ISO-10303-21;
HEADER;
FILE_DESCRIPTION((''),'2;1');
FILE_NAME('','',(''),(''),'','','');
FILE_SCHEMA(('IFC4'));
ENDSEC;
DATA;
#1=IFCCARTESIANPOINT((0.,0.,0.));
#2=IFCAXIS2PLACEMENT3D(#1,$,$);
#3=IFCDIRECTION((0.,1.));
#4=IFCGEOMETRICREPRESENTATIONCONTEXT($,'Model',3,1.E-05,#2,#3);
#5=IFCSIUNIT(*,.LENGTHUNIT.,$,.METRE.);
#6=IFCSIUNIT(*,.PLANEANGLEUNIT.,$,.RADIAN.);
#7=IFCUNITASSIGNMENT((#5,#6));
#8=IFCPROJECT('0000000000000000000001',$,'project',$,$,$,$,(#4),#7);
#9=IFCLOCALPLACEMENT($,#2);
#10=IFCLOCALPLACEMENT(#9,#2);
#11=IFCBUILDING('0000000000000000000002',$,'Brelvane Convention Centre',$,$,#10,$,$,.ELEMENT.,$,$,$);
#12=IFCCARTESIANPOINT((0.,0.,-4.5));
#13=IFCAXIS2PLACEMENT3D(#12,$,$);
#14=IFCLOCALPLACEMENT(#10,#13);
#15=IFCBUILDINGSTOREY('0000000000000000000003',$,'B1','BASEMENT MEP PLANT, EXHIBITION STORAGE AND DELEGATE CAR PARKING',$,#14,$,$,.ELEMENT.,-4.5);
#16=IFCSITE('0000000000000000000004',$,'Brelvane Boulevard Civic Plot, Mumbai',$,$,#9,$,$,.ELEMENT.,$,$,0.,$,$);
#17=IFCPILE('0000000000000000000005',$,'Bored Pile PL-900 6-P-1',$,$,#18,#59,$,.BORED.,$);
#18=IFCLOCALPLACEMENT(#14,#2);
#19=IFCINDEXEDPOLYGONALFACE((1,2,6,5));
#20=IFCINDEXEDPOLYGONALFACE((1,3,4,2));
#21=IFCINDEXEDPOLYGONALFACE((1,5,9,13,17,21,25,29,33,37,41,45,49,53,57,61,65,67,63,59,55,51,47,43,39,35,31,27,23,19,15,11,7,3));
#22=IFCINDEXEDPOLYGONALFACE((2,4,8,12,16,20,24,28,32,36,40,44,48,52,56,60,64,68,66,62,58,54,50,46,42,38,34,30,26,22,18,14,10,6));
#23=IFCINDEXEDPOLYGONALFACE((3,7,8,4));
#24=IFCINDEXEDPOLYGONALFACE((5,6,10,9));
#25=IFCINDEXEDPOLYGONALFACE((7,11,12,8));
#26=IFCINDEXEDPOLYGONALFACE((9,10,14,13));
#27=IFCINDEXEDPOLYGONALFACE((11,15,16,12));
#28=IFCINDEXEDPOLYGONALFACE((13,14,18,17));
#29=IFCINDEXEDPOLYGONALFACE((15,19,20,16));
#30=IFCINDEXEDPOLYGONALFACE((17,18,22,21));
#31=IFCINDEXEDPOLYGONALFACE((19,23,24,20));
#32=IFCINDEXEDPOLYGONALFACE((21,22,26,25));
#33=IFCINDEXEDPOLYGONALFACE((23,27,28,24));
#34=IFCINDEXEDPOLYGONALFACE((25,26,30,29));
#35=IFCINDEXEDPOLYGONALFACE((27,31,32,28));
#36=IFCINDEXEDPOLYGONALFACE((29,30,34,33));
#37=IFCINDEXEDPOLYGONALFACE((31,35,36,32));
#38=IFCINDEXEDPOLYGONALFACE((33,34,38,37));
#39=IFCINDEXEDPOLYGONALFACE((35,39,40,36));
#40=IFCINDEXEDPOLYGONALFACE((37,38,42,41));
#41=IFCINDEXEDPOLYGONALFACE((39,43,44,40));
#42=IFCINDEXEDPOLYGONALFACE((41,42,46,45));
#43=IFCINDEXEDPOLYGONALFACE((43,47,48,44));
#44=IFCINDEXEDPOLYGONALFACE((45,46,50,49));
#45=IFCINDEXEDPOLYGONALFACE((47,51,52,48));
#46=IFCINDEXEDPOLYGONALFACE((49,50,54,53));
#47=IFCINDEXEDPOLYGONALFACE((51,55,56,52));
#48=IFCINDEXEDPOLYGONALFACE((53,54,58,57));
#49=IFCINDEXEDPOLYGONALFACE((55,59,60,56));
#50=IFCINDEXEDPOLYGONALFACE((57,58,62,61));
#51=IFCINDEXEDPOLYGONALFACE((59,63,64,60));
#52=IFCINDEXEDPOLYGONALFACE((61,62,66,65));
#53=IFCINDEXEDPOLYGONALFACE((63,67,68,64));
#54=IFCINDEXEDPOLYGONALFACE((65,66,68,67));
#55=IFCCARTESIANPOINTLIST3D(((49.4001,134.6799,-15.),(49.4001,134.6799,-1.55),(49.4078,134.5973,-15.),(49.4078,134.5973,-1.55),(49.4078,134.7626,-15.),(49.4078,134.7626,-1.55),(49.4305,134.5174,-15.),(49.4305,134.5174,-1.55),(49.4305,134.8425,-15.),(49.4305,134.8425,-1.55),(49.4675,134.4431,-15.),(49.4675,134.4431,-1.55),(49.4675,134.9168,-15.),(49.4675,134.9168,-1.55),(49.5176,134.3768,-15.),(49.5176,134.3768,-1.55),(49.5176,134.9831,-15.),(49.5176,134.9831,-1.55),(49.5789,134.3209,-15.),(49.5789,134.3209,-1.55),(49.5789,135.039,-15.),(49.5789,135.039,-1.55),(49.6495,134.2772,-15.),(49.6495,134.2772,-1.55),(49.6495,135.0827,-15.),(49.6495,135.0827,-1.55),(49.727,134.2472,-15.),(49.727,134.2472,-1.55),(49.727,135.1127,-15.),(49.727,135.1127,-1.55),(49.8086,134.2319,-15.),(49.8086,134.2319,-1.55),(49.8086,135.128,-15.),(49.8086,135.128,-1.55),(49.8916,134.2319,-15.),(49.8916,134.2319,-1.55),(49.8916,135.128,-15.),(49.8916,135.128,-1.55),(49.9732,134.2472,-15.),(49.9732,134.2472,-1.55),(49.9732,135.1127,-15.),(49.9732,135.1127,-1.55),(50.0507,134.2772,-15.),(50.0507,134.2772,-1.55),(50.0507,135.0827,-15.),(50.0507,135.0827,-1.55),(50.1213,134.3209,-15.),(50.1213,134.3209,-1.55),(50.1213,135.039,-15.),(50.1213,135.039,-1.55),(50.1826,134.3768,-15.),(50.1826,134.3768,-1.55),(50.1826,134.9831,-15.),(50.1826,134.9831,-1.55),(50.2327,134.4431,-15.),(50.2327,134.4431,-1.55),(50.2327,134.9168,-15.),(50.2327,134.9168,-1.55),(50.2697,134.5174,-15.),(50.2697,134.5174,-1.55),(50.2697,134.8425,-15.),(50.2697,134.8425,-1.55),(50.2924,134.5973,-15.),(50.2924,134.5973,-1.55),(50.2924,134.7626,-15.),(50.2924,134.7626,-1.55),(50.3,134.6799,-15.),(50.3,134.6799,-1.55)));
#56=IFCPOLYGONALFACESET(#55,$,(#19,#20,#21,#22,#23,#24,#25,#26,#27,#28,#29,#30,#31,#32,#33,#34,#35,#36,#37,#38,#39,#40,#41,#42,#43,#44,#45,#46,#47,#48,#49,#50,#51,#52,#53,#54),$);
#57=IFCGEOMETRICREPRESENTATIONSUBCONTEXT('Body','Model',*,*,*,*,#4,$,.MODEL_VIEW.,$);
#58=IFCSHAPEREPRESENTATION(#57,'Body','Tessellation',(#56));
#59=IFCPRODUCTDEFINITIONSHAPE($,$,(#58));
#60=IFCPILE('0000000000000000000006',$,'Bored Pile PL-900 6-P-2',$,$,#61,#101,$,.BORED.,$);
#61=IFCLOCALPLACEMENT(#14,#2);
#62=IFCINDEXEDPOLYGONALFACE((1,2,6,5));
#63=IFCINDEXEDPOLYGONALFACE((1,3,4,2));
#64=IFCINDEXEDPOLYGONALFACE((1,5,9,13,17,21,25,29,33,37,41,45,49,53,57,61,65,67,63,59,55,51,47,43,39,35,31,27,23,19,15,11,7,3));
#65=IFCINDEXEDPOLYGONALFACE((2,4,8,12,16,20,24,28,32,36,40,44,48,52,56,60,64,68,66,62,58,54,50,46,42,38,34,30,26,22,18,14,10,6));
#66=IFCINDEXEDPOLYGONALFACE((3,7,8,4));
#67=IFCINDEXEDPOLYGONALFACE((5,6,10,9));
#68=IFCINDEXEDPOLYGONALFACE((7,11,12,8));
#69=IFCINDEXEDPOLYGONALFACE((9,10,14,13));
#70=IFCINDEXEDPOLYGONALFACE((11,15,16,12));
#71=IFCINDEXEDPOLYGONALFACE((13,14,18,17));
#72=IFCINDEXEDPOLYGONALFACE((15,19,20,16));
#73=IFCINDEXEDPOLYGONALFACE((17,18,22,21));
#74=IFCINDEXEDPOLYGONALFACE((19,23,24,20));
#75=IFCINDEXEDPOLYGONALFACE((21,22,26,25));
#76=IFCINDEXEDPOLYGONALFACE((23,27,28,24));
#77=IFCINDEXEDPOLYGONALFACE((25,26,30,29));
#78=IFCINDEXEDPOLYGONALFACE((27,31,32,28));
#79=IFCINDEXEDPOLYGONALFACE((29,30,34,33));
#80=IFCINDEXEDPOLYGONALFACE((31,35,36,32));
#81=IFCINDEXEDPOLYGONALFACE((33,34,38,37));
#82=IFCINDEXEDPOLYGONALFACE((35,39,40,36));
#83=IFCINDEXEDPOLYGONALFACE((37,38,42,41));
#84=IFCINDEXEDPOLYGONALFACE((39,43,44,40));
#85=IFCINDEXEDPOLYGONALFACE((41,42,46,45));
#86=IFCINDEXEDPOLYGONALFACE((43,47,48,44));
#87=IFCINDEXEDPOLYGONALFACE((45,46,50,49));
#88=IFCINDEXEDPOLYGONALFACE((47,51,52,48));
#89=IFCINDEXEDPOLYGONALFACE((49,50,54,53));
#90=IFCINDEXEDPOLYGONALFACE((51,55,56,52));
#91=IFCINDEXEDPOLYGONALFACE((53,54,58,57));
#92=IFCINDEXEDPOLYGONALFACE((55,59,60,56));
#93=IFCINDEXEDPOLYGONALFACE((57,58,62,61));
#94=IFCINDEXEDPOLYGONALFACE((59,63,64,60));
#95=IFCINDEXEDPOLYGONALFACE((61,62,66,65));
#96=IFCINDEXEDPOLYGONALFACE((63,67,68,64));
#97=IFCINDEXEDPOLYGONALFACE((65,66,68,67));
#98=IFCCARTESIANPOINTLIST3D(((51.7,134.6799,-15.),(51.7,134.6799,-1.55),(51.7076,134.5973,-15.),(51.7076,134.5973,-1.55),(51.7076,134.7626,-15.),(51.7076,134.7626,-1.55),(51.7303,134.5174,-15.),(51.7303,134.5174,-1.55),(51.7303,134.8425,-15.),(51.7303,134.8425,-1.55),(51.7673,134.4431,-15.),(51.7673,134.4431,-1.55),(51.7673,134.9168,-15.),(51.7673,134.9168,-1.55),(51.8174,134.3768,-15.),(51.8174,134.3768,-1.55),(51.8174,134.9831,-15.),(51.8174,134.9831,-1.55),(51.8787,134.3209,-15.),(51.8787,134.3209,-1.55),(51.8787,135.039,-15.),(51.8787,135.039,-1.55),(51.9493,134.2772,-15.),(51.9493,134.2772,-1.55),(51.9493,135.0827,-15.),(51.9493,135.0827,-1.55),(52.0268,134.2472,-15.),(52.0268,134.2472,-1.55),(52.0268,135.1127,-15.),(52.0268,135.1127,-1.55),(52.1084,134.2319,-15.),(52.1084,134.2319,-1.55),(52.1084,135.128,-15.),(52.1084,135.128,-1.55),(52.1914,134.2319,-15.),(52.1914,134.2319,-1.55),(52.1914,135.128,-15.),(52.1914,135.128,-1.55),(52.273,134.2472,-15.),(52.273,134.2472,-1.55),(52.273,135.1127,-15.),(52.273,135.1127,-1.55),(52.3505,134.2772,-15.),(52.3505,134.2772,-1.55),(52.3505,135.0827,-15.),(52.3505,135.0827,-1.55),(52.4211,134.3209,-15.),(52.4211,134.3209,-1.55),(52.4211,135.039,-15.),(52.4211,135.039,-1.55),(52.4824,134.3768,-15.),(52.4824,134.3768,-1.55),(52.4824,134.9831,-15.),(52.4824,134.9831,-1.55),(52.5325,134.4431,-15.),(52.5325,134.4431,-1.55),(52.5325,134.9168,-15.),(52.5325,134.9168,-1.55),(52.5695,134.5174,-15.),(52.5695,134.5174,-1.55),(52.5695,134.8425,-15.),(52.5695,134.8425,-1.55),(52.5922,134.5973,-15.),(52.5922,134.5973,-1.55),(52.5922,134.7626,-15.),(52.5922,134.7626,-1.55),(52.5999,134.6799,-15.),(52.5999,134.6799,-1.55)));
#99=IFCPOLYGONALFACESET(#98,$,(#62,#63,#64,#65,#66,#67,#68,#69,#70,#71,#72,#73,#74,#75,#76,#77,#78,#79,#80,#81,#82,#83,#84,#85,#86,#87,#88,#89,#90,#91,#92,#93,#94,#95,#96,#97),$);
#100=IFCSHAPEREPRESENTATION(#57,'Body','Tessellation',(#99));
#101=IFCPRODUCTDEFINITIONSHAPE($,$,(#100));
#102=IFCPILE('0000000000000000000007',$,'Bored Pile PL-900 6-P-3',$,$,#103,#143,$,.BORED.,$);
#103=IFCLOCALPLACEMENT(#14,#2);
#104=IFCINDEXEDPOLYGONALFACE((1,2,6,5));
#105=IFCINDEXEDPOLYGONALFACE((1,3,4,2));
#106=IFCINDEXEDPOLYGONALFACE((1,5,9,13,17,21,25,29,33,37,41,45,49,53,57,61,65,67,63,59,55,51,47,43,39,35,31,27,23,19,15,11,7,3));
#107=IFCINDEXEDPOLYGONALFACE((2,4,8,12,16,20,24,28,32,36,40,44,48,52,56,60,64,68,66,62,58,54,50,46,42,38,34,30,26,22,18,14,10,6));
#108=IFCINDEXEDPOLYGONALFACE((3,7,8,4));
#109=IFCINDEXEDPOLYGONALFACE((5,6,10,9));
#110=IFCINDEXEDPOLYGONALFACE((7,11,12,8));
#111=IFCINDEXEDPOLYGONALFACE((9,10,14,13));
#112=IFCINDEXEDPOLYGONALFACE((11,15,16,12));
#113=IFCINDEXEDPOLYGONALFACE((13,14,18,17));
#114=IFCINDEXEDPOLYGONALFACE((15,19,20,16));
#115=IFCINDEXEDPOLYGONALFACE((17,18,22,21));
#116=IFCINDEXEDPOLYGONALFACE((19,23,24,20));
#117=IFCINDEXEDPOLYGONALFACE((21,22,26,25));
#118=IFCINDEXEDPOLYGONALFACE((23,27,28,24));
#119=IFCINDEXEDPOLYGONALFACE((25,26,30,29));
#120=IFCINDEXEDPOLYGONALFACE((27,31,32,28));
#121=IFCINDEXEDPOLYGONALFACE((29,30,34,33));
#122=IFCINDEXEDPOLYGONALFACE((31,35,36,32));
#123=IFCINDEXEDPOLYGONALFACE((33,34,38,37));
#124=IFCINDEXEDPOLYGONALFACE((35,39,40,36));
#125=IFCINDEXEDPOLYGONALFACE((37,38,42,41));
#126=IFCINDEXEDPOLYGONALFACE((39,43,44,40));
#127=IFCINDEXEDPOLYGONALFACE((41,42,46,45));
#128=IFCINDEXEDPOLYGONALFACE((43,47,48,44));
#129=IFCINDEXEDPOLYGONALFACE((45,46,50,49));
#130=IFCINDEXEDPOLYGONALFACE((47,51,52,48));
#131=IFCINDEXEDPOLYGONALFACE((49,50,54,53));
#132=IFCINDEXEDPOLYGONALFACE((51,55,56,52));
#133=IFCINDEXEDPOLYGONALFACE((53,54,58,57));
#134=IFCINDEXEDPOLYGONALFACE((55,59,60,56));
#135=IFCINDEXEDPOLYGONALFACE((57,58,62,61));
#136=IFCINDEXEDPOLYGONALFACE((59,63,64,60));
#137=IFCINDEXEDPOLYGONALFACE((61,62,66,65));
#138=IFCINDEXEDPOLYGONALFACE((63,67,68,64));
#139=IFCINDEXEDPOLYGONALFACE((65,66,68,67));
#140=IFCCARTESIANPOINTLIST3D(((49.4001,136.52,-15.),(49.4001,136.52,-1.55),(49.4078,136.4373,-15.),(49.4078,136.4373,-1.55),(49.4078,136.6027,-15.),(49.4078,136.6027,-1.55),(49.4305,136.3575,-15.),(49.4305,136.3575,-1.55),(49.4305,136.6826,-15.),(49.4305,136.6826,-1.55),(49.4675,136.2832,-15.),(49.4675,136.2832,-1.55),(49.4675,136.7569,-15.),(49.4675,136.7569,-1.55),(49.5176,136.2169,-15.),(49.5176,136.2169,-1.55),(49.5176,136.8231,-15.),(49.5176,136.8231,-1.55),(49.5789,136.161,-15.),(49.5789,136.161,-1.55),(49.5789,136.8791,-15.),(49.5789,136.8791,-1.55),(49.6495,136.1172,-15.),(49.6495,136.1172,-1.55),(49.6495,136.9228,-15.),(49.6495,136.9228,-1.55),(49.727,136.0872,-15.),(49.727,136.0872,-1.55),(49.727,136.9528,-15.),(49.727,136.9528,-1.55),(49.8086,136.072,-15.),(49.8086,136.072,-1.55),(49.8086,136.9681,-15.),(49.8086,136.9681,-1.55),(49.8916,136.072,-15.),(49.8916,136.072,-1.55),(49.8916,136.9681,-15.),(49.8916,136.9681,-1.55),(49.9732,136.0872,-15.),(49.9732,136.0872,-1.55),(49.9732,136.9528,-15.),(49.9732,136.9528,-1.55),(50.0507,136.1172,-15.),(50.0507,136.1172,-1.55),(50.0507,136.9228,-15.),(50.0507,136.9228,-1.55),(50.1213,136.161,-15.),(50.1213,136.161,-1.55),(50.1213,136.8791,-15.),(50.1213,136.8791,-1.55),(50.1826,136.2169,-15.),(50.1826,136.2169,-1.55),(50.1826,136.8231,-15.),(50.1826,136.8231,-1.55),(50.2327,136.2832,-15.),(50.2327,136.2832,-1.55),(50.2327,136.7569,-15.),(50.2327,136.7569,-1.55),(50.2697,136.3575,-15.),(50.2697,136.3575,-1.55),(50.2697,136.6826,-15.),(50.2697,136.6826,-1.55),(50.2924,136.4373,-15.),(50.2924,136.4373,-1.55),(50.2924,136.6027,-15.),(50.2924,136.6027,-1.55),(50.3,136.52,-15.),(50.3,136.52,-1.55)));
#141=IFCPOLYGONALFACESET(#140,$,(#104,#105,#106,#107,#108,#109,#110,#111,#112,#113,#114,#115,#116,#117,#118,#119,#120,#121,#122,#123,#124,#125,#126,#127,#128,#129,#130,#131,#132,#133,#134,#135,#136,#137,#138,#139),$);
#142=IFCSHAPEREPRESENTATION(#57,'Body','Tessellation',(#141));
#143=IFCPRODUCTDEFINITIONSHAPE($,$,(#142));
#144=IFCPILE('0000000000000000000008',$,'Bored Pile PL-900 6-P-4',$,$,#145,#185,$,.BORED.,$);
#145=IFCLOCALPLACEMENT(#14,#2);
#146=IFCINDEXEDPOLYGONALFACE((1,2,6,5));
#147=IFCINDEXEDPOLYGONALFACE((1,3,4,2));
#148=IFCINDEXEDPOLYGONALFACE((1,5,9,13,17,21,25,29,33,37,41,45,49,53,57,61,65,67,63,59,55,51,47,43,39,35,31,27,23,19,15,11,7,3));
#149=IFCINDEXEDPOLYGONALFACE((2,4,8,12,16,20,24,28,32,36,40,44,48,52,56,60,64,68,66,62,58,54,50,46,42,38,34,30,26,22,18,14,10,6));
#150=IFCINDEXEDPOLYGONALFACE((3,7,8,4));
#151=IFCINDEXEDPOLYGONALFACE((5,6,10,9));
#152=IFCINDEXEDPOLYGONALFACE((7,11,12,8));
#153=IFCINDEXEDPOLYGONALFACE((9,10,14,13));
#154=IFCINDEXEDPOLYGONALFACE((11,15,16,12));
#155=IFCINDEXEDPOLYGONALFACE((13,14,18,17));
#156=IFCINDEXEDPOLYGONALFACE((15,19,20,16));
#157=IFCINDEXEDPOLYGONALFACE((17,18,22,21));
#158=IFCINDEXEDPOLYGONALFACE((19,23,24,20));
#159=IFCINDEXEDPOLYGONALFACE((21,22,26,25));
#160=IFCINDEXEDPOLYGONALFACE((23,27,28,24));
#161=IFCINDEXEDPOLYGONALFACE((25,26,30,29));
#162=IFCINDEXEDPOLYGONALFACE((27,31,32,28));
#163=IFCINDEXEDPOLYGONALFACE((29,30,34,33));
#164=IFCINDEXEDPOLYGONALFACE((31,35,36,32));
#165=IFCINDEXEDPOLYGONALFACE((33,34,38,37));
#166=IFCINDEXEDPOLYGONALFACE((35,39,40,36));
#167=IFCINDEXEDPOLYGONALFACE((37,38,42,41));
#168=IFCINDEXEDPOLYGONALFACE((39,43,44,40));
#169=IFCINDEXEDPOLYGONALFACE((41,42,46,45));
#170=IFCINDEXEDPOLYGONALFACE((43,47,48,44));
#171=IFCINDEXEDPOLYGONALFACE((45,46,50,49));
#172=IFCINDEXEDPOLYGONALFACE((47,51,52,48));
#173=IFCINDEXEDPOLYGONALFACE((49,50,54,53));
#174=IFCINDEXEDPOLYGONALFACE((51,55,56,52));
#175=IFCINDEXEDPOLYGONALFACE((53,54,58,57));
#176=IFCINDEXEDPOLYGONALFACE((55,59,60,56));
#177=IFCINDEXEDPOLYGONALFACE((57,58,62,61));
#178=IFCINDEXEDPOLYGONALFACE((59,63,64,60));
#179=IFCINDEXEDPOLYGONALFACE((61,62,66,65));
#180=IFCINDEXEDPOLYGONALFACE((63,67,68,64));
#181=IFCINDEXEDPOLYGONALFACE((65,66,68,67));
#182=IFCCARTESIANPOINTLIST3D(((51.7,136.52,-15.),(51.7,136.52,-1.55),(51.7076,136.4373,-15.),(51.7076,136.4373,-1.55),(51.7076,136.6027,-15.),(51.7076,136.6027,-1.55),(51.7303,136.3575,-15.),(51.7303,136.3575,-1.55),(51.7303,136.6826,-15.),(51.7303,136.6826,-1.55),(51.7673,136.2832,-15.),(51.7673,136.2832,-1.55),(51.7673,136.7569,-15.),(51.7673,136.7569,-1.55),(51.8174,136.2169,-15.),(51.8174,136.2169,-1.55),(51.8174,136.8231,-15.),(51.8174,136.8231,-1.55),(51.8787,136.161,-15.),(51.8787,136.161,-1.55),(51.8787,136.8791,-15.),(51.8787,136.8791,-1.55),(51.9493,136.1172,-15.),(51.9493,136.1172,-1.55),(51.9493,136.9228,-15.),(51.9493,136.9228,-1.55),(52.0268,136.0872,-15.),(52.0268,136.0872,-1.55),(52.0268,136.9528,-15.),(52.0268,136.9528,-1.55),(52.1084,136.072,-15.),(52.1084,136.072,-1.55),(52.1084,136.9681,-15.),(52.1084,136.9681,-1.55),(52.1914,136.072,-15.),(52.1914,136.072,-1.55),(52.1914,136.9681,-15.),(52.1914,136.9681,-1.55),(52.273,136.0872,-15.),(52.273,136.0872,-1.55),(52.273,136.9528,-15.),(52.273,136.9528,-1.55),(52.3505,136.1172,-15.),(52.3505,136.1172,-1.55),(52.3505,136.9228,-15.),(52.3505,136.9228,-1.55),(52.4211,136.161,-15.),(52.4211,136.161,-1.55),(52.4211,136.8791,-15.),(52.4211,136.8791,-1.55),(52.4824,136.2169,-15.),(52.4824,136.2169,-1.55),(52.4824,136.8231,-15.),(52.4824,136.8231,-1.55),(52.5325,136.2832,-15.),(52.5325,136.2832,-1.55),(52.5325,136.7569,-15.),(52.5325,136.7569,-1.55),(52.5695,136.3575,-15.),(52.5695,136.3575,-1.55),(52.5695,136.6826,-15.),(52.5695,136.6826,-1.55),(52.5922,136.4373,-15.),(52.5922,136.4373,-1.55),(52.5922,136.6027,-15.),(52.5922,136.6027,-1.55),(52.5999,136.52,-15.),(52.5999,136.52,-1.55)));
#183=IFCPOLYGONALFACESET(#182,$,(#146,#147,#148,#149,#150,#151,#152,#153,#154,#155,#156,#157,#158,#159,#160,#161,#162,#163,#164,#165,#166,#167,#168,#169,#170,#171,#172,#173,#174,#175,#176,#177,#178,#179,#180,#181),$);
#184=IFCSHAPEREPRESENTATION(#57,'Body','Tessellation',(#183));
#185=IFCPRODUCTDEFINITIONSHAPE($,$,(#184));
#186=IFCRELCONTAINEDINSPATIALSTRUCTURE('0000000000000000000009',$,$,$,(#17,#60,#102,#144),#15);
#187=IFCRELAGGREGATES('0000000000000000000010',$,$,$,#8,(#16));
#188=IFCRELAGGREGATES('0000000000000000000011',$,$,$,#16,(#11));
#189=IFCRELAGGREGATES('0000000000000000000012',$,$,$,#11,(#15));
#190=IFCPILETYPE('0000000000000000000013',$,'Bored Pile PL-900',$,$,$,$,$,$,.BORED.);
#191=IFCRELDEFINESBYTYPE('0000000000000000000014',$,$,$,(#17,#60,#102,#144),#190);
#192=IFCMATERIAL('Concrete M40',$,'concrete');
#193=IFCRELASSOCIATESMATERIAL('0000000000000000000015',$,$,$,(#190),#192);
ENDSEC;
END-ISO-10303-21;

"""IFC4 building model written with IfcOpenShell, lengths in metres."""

from ifc_helpers import new_model, si_unit, direction, frame, origin, origin_2d, place, context, subcontext, project, spatial, circle, extrude, material, material_profile, profile_set, type_object, element, save


model = new_model("IFC4")

# Units and contexts
model_context = context("Model", 3, precision=1e-05, world=origin(), true_north=direction((0.0, 1.0)))
body_context = subcontext(model_context, "Body", "Model", "MODEL_VIEW")
ifc_project = project(units=[si_unit("LENGTHUNIT", "METRE"), si_unit("PLANEANGLEUNIT", "RADIAN")], contexts=[model_context])

# Site, building, storey
site_placement = place(None, origin())
site = spatial("IfcSite", under=ifc_project, at=site_placement, Name="Brelvane Boulevard Civic Plot, Mumbai", CompositionType="ELEMENT", RefElevation=0.0)
building_placement = place(site_placement, origin())
building = spatial("IfcBuilding", under=site, at=building_placement, Name="Brelvane Convention Centre", CompositionType="ELEMENT")
storey_placement = place(building_placement, frame((0.0, 0.0, -4.5)))
storey = spatial("IfcBuildingStorey", under=building, at=storey_placement, Name="B1", Description="BASEMENT MEP PLANT, EXHIBITION STORAGE AND DELEGATE CAR PARKING", CompositionType="ELEMENT", Elevation=-4.5)

# Piles
ifc_material_1 = material(Name="Concrete M40", Category="concrete")
ifc_material_profile_1 = material_profile(ifc_material_1, circle(Radius=0.45, at=origin_2d()), Name="PILE D900")
ifc_profile_set_1 = profile_set([ifc_material_profile_1], Name="Concrete M40")
pile_type = type_object("IfcPileType", Name="Bored Pile PL-900", PredefinedType="BORED", material=ifc_profile_set_1)
for number, where, z_axis, x_axis, name in (
    (1, (49.8501, 134.6799, -1.55), (0.0, 0.0, -1.0), (1.0, 0.0, 0.0), "Bored Pile PL-900 6-P-1"),
    (2, (52.1499, 134.6799, -1.55), (0.0, 0.0, -1.0), (1.0, 0.0, 0.0), "Bored Pile PL-900 6-P-2"),
    (3, (49.8501, 136.52, -1.55), (0.0, 0.0, -1.0), (1.0, 0.0, 0.0), "Bored Pile PL-900 6-P-3"),
    (4, (52.1499, 136.52, -1.55), (0.0, 0.0, -1.0), (1.0, 0.0, 0.0), "Bored Pile PL-900 6-P-4"),
):
    element("IfcPile", number, at=place(storey_placement, frame(where, z_axis=z_axis, x_axis=x_axis)), inside=storey, type_object=pile_type, Name=name, PredefinedType="BORED", context=body_context, shape_type="SweptSolid", body=[
        extrude(circle(Radius=0.45, at=origin_2d()), origin(), (0.0, 0.0, 1.0), 13.45),
    ])

save(model, "model.ifc")
